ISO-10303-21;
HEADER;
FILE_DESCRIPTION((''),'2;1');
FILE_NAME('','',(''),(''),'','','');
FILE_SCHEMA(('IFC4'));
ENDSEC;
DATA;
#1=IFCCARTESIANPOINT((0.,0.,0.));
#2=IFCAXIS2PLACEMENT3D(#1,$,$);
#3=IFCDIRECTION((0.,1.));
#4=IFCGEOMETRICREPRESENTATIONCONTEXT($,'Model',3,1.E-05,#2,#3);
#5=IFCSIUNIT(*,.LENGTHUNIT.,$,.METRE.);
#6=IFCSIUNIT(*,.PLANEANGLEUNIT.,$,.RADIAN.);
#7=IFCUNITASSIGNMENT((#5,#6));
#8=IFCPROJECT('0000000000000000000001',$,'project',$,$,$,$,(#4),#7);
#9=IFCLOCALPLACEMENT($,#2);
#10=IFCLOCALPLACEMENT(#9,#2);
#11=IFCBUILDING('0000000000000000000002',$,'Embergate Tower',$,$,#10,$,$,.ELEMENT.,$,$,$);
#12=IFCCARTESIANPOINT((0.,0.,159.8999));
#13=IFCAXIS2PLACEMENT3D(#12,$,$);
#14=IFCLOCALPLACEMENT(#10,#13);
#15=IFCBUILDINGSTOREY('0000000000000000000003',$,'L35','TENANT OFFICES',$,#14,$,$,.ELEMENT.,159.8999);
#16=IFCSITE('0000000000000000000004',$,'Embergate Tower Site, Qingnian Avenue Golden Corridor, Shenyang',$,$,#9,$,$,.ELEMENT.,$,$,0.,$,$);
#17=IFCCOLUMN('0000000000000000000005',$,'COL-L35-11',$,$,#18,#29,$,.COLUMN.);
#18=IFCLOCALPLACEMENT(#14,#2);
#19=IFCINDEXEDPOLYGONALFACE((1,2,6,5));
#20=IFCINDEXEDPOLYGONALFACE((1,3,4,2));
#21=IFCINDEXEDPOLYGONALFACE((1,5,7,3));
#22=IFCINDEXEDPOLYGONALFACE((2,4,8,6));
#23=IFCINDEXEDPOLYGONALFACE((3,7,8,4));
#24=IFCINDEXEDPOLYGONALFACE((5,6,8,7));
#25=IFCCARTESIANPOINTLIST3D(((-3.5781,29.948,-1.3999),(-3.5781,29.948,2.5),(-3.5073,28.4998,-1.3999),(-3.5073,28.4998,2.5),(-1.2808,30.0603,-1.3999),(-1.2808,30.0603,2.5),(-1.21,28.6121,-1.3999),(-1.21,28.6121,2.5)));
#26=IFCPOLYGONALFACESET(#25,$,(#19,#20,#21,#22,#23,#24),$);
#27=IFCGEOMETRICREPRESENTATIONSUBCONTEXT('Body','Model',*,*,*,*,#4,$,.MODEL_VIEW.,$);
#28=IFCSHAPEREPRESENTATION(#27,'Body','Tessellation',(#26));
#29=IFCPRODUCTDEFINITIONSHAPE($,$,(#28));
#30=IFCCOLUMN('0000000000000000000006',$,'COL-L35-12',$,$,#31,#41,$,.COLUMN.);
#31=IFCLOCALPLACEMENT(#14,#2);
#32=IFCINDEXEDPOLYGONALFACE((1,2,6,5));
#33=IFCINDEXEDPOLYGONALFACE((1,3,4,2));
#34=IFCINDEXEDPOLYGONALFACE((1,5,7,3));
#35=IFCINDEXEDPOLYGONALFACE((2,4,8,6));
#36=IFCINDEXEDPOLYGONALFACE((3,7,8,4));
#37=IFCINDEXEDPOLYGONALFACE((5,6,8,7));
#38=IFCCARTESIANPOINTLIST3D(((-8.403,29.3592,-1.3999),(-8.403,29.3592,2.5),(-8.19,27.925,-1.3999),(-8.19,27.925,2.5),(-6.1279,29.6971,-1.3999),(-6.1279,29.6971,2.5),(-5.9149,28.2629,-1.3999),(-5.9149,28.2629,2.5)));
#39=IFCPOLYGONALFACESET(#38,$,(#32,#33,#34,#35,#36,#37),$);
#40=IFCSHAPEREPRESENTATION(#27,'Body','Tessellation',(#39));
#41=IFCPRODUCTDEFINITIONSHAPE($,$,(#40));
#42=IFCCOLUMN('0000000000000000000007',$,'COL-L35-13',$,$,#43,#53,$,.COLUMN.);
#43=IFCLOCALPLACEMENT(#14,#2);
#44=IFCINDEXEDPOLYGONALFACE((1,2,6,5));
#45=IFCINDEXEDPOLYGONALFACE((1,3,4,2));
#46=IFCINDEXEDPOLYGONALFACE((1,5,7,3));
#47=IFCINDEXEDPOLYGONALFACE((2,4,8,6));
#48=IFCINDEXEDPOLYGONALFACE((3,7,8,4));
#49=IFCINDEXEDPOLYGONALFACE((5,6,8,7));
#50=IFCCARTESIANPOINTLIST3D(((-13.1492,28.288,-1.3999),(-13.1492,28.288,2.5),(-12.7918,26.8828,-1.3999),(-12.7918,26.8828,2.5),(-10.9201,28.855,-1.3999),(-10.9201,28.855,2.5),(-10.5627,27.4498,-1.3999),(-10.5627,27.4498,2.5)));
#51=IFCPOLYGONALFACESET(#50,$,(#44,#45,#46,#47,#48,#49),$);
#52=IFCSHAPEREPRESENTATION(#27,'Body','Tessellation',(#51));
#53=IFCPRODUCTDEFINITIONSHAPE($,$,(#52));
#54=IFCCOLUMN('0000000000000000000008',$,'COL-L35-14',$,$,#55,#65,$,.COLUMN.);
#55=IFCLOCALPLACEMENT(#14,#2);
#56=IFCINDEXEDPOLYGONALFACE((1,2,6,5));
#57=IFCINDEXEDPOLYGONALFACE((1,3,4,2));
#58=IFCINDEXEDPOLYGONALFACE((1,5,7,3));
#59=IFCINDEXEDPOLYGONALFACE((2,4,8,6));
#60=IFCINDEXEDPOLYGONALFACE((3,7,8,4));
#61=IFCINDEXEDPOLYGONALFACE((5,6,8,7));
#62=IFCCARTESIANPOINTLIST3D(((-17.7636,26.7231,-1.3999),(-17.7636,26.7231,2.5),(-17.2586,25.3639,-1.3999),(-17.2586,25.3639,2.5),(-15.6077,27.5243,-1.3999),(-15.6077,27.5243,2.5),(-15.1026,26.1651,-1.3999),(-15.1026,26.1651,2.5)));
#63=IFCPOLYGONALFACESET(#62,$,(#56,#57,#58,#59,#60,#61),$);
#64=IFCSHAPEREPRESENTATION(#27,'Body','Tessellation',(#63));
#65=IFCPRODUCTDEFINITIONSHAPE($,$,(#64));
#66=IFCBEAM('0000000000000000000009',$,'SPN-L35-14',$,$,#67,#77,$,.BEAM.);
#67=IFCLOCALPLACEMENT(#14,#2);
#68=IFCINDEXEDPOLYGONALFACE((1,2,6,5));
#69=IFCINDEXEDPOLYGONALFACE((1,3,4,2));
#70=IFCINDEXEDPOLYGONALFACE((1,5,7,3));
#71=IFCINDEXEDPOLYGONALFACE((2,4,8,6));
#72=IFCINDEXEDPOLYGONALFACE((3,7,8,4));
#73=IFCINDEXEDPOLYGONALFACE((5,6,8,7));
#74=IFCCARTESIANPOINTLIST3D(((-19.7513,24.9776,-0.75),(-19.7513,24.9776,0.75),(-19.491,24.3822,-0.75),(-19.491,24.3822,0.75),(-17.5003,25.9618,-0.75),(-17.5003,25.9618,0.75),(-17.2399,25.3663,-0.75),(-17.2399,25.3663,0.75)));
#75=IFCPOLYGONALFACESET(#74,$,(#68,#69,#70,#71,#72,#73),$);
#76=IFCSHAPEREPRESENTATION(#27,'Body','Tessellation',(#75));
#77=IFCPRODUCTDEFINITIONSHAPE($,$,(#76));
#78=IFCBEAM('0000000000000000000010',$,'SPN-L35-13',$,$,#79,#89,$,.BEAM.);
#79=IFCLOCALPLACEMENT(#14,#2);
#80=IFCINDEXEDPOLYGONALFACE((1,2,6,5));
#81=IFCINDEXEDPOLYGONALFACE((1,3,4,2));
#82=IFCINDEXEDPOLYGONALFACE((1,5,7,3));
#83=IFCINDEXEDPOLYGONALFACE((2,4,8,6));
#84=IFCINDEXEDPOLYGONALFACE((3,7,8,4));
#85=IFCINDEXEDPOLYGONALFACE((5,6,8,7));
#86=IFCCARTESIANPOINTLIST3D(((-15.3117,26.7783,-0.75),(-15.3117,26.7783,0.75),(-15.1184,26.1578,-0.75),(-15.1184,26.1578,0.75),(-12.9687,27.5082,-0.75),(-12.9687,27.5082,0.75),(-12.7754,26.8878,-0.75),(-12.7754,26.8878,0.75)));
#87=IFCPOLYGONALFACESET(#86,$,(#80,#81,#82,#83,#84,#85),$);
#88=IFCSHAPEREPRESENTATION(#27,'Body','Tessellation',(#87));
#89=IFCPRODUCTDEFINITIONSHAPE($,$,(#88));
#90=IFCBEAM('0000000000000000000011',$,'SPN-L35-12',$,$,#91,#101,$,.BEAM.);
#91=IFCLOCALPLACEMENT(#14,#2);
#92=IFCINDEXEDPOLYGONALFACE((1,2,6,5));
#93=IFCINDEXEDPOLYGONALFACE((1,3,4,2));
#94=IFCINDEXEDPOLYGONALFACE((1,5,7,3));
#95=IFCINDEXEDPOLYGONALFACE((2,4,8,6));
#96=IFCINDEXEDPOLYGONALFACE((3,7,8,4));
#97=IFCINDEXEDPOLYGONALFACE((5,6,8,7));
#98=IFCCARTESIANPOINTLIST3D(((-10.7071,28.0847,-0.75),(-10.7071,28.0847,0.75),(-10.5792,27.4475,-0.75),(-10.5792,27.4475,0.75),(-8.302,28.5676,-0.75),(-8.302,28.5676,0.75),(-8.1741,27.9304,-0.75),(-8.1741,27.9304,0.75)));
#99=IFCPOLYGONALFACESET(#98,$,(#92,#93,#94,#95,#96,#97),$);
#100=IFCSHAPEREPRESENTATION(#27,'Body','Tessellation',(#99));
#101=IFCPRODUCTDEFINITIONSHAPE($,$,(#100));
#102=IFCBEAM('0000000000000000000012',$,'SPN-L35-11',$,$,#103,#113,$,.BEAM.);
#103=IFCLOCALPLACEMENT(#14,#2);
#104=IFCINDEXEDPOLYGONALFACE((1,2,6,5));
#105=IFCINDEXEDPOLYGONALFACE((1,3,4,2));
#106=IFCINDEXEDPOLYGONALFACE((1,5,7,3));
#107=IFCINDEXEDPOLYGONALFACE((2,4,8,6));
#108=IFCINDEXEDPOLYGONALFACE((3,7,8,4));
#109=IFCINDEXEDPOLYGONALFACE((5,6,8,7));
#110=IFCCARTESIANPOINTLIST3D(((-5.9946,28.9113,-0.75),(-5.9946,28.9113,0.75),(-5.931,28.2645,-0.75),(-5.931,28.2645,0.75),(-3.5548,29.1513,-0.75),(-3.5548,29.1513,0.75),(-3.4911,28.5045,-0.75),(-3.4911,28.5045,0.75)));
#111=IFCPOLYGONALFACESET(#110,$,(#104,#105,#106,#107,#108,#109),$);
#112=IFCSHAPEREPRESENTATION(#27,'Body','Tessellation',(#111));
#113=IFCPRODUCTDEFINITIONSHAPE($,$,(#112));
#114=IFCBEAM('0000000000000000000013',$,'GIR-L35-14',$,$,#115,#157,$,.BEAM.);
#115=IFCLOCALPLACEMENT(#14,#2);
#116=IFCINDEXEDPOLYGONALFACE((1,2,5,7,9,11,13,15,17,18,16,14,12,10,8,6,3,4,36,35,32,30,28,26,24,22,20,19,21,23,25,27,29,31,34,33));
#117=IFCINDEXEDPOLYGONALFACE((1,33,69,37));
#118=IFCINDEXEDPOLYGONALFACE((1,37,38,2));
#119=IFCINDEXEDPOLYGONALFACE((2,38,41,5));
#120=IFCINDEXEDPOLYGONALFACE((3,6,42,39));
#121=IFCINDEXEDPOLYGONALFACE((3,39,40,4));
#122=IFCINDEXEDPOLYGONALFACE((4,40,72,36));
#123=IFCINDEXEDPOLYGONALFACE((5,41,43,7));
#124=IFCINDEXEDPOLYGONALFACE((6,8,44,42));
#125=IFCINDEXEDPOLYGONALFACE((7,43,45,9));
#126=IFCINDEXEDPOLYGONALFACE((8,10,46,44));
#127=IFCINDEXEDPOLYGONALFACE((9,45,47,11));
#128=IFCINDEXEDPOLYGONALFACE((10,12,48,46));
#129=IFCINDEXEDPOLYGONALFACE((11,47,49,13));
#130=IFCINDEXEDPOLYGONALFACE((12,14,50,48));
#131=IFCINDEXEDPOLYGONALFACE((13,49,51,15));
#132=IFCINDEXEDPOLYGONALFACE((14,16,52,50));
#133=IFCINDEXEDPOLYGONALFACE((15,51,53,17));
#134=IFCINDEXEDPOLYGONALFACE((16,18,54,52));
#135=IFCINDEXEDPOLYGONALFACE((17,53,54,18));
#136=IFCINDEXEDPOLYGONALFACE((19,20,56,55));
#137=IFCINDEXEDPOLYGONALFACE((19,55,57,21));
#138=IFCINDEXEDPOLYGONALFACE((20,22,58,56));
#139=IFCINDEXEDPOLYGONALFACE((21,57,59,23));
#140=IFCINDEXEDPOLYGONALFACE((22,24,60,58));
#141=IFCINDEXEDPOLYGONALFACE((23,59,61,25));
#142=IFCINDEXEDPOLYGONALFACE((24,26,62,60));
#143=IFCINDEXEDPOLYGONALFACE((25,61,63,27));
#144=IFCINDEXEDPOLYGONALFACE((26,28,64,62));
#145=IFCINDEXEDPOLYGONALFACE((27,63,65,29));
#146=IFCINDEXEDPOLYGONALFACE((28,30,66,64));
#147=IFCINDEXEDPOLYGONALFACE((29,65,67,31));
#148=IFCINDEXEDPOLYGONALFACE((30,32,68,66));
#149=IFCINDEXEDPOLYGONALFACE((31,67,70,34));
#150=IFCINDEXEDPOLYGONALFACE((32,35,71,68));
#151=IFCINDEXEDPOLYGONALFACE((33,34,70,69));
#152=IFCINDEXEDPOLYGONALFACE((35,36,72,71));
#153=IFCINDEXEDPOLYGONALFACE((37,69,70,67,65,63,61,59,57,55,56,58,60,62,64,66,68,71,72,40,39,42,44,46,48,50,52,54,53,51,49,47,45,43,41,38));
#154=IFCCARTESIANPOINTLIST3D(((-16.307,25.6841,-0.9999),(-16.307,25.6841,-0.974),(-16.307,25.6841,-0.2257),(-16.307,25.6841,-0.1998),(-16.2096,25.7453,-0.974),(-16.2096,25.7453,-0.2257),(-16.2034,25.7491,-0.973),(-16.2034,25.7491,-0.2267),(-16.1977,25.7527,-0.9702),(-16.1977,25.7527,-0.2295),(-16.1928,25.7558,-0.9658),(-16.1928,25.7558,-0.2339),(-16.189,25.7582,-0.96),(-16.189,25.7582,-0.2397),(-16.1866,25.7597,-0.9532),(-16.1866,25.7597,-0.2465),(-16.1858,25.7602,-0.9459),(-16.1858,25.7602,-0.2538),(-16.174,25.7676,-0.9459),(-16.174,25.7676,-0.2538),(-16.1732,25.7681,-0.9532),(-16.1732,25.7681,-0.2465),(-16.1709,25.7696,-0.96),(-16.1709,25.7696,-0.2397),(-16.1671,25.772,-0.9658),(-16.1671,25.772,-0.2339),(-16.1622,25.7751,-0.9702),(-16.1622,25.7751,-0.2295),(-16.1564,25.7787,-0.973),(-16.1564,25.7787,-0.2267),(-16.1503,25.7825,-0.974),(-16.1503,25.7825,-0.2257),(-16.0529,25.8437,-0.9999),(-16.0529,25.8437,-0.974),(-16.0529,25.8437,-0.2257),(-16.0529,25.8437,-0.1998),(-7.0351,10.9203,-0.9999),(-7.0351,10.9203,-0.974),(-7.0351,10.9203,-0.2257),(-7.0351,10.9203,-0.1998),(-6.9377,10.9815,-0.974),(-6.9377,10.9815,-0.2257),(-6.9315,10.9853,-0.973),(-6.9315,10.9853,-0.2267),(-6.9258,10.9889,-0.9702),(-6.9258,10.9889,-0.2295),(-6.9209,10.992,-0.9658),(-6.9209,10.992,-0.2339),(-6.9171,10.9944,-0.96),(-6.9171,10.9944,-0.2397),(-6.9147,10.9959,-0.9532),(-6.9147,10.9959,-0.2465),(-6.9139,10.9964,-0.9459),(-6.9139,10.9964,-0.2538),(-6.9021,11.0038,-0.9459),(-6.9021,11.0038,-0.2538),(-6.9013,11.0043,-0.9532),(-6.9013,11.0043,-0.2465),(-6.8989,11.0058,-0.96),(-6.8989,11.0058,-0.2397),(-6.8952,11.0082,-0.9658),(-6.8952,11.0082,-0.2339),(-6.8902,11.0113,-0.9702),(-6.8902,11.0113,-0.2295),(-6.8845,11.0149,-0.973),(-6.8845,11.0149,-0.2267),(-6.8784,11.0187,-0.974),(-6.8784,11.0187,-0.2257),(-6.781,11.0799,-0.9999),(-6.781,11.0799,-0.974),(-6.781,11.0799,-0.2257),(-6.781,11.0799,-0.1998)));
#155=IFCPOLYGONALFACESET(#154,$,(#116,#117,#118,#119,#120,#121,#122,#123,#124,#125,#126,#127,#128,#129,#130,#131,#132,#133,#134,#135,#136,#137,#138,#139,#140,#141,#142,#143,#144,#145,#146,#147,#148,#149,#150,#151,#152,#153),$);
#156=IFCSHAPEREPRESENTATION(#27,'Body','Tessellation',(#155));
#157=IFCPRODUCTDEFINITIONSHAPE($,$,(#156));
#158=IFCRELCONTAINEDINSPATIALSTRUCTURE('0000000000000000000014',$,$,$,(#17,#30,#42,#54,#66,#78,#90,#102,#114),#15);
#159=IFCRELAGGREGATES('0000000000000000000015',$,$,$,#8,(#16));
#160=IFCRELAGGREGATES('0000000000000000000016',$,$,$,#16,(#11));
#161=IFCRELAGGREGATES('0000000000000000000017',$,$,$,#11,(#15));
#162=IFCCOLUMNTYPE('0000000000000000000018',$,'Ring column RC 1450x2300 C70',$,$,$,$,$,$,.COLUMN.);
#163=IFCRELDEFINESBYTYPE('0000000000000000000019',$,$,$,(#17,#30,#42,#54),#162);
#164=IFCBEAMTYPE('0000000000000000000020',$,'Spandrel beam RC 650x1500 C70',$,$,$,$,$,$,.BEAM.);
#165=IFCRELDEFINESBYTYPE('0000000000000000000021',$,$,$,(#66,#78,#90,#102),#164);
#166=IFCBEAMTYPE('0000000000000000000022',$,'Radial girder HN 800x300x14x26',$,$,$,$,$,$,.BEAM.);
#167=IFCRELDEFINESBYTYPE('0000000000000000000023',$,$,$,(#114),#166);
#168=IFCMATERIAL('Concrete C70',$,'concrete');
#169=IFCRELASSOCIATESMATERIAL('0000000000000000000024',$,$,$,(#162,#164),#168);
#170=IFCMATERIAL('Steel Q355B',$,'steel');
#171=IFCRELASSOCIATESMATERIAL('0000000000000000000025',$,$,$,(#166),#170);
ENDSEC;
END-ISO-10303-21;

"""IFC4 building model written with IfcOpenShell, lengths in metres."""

from ifc_helpers import new_model, si_unit, direction, frame, origin, origin_2d, place, context, subcontext, project, spatial, rectangle, i_section, extrude, source, transform, mapped, material, material_profile, profile_set, type_object, element, save


model = new_model("IFC4")

# Units and contexts
model_context = context("Model", 3, precision=1e-05, world=origin(), true_north=direction((0.0, 1.0)))
body_context = subcontext(model_context, "Body", "Model", "MODEL_VIEW")
ifc_project = project(units=[si_unit("LENGTHUNIT", "METRE"), si_unit("PLANEANGLEUNIT", "RADIAN")], contexts=[model_context])

# Site, building, storey
site_placement = place(None, origin())
site = spatial("IfcSite", under=ifc_project, at=site_placement, Name="Embergate Tower Site, Qingnian Avenue Golden Corridor, Shenyang", CompositionType="ELEMENT", RefElevation=0.0)
building_placement = place(site_placement, origin())
building = spatial("IfcBuilding", under=site, at=building_placement, Name="Embergate Tower", CompositionType="ELEMENT")
storey_placement = place(building_placement, frame((0.0, 0.0, 159.8999)))
storey = spatial("IfcBuildingStorey", under=building, at=storey_placement, Name="L35", Description="TENANT OFFICES", CompositionType="ELEMENT", Elevation=159.8999)

# Columns
ifc_material_1 = material(Name="Concrete C70", Category="concrete")
ifc_material_profile_1 = material_profile(ifc_material_1, rectangle(XDim=1.45, YDim=2.3, at=origin_2d()), Name="RC 1450x2300")
ifc_profile_set_1 = profile_set([ifc_material_profile_1], Name="Concrete C70")
column_type = type_object("IfcColumnType", Name="Ring column RC 1450x2300 C70", PredefinedType="COLUMN", material=ifc_profile_set_1)
shared_shape_1 = source(origin(), body_context, "Body", "SweptSolid", [
    extrude(rectangle(XDim=1.45, YDim=2.3, at=origin_2d()), origin(), (0.0, 0.0, 1.0), 3.8999),
])
for number, where, z_axis, x_axis, name in (
    (1, (-2.394, 29.28, -1.3999), (0.0, 0.0, 1.0), (-0.048815, 0.998808, 0.0), "COL-L35-11"),
    (2, (-7.1589, 28.811, -1.3999), (0.0, 0.0, 1.0), (-0.146929, 0.989147, 0.0), "COL-L35-12"),
    (3, (-11.856, 27.8689, -1.3999), (0.0, 0.0, 1.0), (-0.246492, 0.969145, 0.0), "COL-L35-13"),
    (4, (-16.4331, 26.4441, -1.3999), (0.0, 0.0, 1.0), (-0.348343, 0.937367, 0.0), "COL-L35-14"),
):
    element("IfcColumn", number, at=place(storey_placement, frame(where, z_axis=z_axis, x_axis=x_axis)), inside=storey, type_object=column_type, Name=name, PredefinedType="COLUMN", context=body_context, shape_type="MappedRepresentation", body=[
        mapped(shared_shape_1, transform((0.0, 0.0, 0.0))),
    ])

# Beams
ifc_material_profile_2 = material_profile(ifc_material_1, rectangle(XDim=0.6499, YDim=1.5, at=origin_2d()), Name="RC 650x1500")
ifc_profile_set_2 = profile_set([ifc_material_profile_2], Name="Concrete C70")
beam_type_1 = type_object("IfcBeamType", Name="Spandrel beam RC 650x1500 C70", PredefinedType="BEAM", material=ifc_profile_set_2)
shared_shape_2 = source(origin(), body_context, "Body", "SweptSolid", [
    extrude(rectangle(XDim=0.6499, YDim=1.5, at=origin_2d()), origin(), (0.0, 0.0, 1.0), 2.4568),
])
beam_1_placement = place(storey_placement, frame((-17.3701, 25.6641, 0.0), z_axis=(-0.916258, -0.400589, 0.0), x_axis=(0.400589, -0.916258, 0.0)))
element("IfcBeam", 5, at=beam_1_placement, inside=storey, type_object=beam_type_1, Name="SPN-L35-14", PredefinedType="BEAM", context=body_context, shape_type="MappedRepresentation", body=[
    mapped(shared_shape_2, transform((0.0, 0.0, 0.0))),
])
shared_shape_3 = source(origin(), body_context, "Body", "SweptSolid", [
    extrude(rectangle(XDim=0.6499, YDim=1.5, at=origin_2d()), origin(), (0.0, 0.0, 1.0), 2.4541),
])
beam_2_placement = place(storey_placement, frame((-12.8721, 27.198, 0.0), z_axis=(-0.954736, -0.297454, 0.0), x_axis=(0.297454, -0.954736, 0.0)))
element("IfcBeam", 6, at=beam_2_placement, inside=storey, type_object=beam_type_1, Name="SPN-L35-13", PredefinedType="BEAM", context=body_context, shape_type="MappedRepresentation", body=[
    mapped(shared_shape_3, transform((0.0, 0.0, 0.0))),
])
shared_shape_4 = source(origin(), body_context, "Body", "SweptSolid", [
    extrude(rectangle(XDim=0.6499, YDim=1.5, at=origin_2d()), origin(), (0.0, 0.0, 1.0), 2.4531),
])
beam_3_placement = place(storey_placement, frame((-8.238, 28.249, 0.0), z_axis=(-0.980431, -0.196863, 0.0), x_axis=(0.196863, -0.980431, 0.0)))
element("IfcBeam", 7, at=beam_3_placement, inside=storey, type_object=beam_type_1, Name="SPN-L35-12", PredefinedType="BEAM", context=body_context, shape_type="MappedRepresentation", body=[
    mapped(shared_shape_4, transform((0.0, 0.0, 0.0))),
])
shared_shape_5 = source(origin(), body_context, "Body", "SweptSolid", [
    extrude(rectangle(XDim=0.6499, YDim=1.5, at=origin_2d()), origin(), (0.0, 0.0, 1.0), 2.4517),
])
beam_4_placement = place(storey_placement, frame((-3.5229, 28.8279, 0.0), z_axis=(-0.995198, -0.097887, 0.0), x_axis=(0.097887, -0.995198, 0.0)))
element("IfcBeam", 8, at=beam_4_placement, inside=storey, type_object=beam_type_1, Name="SPN-L35-11", PredefinedType="BEAM", context=body_context, shape_type="MappedRepresentation", body=[
    mapped(shared_shape_5, transform((0.0, 0.0, 0.0))),
])
ifc_material_2 = material(Name="Steel Q355B", Category="steel")
ifc_material_profile_3 = material_profile(ifc_material_2, i_section(OverallWidth=0.3, OverallDepth=0.8, WebThickness=0.0139, FlangeThickness=0.0259, FilletRadius=0.0281, at=origin_2d()), Name="HN 800x300x14x26")
ifc_profile_set_3 = profile_set([ifc_material_profile_3], Name="Steel Q355 grade B")
beam_type_2 = type_object("IfcBeamType", Name="Radial girder HN 800x300x14x26", PredefinedType="BEAM", material=ifc_profile_set_3)
shared_shape_6 = source(origin(), body_context, "Body", "SweptSolid", [
    extrude(i_section(OverallWidth=0.3, OverallDepth=0.8, WebThickness=0.0139, FlangeThickness=0.0259, FilletRadius=0.0281, at=origin_2d()), origin(), (0.0, 0.0, 1.0), 17.4338),
])
beam_5_placement = place(storey_placement, frame((-16.1799, 25.7639, -0.5999), z_axis=(0.531834, -0.846848, 0.0), x_axis=(0.846848, 0.531834, 0.0)))
element("IfcBeam", 9, at=beam_5_placement, inside=storey, type_object=beam_type_2, Name="GIR-L35-14", PredefinedType="BEAM", context=body_context, shape_type="MappedRepresentation", body=[
    mapped(shared_shape_6, transform((0.0, 0.0, 0.0))),
])

save(model, "model.ifc")
